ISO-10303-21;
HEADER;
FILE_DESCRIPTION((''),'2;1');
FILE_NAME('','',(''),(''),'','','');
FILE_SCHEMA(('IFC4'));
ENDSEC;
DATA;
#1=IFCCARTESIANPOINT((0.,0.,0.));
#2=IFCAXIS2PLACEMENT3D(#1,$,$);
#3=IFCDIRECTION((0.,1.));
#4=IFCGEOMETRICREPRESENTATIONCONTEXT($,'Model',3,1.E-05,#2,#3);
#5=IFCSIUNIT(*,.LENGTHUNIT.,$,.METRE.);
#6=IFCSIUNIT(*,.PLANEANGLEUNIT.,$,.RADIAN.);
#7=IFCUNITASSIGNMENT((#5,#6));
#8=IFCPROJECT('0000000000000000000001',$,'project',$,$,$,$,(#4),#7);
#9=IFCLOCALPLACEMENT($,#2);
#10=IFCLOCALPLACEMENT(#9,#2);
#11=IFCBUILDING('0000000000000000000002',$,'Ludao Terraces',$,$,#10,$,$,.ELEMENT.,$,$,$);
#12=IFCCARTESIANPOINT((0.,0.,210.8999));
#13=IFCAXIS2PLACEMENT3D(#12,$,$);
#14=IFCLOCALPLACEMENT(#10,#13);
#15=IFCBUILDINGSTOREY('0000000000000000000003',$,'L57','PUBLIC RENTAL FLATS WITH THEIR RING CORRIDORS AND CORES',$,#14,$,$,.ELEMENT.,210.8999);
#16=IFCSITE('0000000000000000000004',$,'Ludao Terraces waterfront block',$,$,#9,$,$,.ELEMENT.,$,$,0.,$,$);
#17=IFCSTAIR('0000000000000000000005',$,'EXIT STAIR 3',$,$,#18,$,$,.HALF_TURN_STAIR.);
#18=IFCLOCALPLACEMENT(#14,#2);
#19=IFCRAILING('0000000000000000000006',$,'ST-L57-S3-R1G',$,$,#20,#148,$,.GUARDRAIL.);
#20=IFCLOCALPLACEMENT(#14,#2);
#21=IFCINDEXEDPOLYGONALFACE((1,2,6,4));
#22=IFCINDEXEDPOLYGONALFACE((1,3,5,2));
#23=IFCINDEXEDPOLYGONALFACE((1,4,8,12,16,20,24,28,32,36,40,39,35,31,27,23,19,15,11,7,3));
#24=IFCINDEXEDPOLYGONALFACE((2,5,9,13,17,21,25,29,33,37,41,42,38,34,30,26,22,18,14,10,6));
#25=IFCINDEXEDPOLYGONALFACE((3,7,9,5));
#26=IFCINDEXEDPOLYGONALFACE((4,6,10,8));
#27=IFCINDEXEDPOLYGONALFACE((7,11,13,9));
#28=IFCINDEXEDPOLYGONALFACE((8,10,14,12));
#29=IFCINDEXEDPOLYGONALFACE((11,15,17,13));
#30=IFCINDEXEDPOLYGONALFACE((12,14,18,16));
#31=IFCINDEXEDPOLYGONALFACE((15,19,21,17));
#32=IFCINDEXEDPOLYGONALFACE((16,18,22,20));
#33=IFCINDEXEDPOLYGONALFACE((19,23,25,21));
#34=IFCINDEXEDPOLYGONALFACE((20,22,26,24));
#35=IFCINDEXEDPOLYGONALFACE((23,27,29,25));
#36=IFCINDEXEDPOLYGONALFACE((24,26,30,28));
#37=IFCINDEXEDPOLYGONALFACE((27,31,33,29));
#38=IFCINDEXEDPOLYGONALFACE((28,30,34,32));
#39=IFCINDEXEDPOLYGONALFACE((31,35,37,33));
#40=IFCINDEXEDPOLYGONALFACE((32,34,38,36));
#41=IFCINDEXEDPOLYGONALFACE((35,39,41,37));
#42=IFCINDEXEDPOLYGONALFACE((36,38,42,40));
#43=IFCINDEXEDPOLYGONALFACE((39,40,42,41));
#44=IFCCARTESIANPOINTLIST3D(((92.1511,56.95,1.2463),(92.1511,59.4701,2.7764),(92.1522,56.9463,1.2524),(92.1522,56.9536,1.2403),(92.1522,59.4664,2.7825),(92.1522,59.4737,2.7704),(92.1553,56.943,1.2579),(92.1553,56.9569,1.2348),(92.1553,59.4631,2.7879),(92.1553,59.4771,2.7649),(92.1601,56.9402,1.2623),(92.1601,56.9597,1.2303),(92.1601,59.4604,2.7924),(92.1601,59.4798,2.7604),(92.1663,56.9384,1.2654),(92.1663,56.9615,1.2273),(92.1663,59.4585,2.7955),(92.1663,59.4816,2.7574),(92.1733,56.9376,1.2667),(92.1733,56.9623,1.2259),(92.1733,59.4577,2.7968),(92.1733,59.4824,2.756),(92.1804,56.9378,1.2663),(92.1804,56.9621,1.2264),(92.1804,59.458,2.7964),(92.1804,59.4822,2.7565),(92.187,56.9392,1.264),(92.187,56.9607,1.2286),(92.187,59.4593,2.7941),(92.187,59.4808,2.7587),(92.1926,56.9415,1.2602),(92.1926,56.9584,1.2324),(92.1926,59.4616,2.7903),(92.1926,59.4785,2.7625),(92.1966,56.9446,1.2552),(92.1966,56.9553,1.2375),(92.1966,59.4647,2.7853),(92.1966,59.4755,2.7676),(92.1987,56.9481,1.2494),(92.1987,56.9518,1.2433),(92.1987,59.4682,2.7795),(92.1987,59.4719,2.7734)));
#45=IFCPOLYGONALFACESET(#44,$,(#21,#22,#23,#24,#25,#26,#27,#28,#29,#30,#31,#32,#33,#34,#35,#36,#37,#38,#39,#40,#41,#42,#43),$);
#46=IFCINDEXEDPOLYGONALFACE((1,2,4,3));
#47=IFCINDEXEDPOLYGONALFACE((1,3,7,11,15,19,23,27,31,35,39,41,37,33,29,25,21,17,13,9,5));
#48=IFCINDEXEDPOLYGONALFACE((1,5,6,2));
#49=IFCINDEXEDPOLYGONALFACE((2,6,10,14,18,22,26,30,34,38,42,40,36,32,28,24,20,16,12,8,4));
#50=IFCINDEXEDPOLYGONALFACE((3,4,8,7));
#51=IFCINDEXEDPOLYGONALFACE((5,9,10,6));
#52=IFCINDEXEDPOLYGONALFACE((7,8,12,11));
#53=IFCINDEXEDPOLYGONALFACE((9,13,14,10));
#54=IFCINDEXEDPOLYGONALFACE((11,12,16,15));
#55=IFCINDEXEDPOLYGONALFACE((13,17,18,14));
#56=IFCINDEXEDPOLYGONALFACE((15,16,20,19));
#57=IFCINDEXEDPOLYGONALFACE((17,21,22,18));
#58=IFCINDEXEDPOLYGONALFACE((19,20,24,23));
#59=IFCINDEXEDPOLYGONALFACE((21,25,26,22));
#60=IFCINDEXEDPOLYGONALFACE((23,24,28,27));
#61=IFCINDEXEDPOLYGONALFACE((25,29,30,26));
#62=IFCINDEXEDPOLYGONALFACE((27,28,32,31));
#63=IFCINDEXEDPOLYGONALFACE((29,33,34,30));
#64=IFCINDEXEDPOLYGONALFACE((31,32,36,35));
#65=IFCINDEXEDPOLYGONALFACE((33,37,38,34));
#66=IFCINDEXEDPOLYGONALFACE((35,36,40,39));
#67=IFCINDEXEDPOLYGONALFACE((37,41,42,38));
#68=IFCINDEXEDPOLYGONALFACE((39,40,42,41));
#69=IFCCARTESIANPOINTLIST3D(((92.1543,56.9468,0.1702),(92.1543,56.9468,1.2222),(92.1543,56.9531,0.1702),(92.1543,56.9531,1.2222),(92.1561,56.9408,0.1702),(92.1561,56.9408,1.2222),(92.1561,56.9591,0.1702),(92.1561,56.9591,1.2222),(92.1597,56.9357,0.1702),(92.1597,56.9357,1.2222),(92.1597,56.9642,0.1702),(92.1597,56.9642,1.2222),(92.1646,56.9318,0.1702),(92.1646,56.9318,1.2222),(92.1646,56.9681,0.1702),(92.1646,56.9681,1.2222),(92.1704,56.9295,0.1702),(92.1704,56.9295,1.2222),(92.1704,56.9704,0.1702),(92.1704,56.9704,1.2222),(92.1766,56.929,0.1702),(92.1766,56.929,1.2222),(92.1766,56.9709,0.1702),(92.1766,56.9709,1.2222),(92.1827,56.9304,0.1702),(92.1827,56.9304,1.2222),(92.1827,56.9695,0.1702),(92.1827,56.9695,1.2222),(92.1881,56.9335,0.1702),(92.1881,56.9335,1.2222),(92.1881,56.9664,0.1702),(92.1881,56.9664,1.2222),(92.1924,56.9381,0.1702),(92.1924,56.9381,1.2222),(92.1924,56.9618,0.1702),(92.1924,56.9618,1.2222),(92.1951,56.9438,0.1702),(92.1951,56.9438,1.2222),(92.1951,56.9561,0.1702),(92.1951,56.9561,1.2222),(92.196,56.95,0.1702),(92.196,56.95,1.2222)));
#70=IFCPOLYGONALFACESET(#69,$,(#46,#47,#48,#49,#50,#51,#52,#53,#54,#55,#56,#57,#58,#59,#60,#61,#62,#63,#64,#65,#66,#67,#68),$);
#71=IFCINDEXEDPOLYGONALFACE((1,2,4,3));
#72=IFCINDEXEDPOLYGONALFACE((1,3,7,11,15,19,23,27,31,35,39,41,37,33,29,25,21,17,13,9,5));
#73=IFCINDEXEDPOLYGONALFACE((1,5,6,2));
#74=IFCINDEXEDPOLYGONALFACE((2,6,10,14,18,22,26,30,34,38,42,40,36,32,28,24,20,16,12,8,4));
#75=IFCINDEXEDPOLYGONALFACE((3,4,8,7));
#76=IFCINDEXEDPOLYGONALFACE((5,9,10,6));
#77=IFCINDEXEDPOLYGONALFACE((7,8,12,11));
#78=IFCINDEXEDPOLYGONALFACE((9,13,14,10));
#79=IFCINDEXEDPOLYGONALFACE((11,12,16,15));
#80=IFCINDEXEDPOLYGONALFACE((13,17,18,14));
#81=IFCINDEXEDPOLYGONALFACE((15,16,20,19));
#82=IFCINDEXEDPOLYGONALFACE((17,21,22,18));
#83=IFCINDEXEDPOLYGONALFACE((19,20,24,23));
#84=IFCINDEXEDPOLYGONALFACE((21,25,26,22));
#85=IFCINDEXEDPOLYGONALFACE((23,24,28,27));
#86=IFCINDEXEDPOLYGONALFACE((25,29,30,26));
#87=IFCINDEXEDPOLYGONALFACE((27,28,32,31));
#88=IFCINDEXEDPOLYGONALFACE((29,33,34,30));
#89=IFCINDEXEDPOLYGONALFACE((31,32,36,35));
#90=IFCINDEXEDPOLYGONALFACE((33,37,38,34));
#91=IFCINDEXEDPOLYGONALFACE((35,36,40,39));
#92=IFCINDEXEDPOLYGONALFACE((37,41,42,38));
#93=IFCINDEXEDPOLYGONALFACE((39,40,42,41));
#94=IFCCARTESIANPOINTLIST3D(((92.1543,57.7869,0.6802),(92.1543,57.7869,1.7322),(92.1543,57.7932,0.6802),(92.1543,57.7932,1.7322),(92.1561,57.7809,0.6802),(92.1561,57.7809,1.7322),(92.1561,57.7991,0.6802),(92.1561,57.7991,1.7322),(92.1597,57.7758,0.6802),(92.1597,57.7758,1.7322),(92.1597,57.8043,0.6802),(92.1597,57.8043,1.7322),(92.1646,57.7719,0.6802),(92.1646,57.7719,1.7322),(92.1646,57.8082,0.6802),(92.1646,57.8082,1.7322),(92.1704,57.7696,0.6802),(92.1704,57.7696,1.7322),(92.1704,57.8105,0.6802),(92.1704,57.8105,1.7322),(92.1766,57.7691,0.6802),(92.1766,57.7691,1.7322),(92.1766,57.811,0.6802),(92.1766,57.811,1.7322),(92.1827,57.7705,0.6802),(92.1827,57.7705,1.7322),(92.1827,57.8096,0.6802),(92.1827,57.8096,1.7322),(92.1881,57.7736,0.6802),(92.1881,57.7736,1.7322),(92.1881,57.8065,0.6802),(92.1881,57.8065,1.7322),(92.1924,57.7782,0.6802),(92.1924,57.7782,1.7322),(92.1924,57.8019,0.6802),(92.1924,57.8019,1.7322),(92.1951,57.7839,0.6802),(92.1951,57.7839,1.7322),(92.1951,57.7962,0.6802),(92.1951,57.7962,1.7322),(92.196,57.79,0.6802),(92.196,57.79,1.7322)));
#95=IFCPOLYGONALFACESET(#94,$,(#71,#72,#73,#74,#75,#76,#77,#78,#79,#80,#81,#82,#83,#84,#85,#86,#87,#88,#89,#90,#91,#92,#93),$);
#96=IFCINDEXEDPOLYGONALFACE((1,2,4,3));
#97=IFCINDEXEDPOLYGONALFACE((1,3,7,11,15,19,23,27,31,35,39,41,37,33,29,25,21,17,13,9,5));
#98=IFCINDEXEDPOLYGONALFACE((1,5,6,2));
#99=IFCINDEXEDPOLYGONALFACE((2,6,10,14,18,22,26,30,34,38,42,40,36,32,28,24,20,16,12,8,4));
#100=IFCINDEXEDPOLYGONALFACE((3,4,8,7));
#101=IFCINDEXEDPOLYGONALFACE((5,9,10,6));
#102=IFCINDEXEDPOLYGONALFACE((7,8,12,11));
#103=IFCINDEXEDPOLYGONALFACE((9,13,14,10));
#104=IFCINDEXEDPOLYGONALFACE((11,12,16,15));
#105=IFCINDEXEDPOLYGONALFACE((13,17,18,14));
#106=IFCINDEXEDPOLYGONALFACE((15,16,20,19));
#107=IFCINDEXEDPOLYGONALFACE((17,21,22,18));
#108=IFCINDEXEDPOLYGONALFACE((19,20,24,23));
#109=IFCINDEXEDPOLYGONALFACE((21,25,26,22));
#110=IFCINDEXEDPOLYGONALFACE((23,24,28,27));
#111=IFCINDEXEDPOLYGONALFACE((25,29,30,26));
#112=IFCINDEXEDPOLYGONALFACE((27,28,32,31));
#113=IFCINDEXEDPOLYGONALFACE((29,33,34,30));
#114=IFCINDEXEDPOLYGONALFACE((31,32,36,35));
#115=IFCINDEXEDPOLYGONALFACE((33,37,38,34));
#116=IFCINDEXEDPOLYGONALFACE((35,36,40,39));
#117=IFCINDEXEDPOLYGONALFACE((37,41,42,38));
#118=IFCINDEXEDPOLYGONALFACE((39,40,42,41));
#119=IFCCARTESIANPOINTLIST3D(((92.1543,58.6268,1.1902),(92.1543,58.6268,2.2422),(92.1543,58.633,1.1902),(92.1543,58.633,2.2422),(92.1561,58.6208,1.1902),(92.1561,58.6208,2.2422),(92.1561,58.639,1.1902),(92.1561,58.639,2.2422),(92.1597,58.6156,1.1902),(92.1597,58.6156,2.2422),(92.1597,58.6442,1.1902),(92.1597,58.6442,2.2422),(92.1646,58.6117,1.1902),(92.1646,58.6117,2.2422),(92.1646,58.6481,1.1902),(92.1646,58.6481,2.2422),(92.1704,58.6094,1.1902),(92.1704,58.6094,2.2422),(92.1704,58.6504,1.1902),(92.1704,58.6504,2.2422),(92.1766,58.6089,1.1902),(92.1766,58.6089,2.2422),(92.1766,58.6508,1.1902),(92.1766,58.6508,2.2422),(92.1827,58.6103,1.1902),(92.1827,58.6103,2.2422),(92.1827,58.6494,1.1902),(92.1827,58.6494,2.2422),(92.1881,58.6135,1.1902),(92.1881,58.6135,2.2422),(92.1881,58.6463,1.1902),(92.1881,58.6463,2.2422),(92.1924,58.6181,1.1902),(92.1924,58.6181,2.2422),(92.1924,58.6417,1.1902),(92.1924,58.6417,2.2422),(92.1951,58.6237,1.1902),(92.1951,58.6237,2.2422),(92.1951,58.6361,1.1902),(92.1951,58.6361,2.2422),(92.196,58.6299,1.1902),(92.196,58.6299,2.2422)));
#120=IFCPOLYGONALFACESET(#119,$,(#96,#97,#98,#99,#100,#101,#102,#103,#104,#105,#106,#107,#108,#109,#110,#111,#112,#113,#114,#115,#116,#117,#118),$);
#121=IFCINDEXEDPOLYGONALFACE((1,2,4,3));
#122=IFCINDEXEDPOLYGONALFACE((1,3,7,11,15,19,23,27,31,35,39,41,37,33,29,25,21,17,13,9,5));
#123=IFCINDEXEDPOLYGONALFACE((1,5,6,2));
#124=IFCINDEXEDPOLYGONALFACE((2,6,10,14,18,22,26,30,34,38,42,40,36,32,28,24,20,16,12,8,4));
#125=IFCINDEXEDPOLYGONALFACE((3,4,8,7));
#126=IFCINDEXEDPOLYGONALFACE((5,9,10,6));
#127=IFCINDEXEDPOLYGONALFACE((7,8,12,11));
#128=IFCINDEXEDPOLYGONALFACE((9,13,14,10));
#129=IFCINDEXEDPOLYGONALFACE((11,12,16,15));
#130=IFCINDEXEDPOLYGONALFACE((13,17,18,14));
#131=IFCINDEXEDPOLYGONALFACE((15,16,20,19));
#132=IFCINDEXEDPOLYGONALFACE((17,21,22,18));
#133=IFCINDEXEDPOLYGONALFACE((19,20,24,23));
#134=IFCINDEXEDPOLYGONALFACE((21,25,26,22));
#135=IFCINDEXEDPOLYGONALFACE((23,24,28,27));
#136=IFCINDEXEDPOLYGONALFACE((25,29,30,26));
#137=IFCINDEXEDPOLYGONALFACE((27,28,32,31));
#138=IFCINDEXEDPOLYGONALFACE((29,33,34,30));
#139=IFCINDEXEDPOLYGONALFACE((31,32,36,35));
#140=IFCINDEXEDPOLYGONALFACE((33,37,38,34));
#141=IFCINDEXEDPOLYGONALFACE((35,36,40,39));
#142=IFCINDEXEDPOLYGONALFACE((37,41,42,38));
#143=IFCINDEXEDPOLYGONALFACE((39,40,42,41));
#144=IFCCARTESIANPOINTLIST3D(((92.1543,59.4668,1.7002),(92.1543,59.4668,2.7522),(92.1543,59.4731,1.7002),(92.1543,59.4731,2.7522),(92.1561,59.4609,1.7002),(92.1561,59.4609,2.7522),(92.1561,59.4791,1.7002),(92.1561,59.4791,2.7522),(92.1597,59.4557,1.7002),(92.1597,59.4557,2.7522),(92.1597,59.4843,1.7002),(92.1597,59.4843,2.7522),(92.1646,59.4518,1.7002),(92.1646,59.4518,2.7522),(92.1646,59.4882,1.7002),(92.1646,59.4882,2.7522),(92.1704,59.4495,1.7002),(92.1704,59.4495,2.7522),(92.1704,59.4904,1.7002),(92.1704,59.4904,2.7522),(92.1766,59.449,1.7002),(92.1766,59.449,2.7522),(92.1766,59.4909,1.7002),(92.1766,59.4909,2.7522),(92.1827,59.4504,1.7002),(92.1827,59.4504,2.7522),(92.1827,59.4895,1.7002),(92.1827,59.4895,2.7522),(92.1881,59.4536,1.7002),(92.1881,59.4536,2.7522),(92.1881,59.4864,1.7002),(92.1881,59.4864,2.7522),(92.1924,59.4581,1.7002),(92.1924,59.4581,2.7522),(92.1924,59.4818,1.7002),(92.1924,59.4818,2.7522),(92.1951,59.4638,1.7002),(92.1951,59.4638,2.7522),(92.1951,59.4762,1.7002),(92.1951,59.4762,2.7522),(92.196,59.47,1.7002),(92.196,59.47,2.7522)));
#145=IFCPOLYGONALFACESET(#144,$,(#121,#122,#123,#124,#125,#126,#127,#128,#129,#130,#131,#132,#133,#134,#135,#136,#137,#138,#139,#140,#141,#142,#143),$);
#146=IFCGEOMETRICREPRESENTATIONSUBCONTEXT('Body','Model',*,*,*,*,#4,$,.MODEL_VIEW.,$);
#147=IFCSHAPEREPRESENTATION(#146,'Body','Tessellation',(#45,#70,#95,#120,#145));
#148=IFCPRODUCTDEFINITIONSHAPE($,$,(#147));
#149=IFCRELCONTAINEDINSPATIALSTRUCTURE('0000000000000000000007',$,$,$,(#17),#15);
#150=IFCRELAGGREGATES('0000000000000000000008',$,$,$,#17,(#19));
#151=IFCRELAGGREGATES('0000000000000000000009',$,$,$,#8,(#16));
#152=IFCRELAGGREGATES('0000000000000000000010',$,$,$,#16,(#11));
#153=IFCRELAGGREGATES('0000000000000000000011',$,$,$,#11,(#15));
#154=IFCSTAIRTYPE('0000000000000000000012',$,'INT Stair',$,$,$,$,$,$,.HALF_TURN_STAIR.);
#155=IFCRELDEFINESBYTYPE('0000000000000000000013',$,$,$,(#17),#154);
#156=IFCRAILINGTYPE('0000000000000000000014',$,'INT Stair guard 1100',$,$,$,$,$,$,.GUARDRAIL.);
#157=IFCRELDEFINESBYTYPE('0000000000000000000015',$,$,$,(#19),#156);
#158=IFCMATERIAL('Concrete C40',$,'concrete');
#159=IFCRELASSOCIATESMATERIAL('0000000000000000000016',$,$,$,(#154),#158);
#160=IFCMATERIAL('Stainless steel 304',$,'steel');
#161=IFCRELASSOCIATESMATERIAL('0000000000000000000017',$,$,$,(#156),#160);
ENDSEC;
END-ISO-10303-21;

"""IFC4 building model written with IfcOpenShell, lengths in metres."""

from ifc_helpers import new_model, si_unit, direction, frame, origin, origin_2d, place, context, subcontext, project, spatial, circle, extrude, material, type_object, element, aggregate, save


model = new_model("IFC4")

# Units and contexts
model_context = context("Model", 3, precision=1e-05, world=origin(), true_north=direction((0.0, 1.0)))
body_context = subcontext(model_context, "Body", "Model", "MODEL_VIEW")
ifc_project = project(units=[si_unit("LENGTHUNIT", "METRE"), si_unit("PLANEANGLEUNIT", "RADIAN")], contexts=[model_context])

# Site, building, storey
site_placement = place(None, origin())
site = spatial("IfcSite", under=ifc_project, at=site_placement, Name="Ludao Terraces waterfront block", CompositionType="ELEMENT", RefElevation=0.0)
building_placement = place(site_placement, origin())
building = spatial("IfcBuilding", under=site, at=building_placement, Name="Ludao Terraces", CompositionType="ELEMENT")
storey_placement = place(building_placement, frame((0.0, 0.0, 210.8999)))
storey = spatial("IfcBuildingStorey", under=building, at=storey_placement, Name="L57", Description="PUBLIC RENTAL FLATS WITH THEIR RING CORRIDORS AND CORES", CompositionType="ELEMENT", Elevation=210.8999)

# Shared definitions
ifc_material_1 = material(Name="Concrete C40", Category="concrete")

# Stair, railing
stair_type = type_object("IfcStairType", Name="INT Stair", PredefinedType="HALF_TURN_STAIR", material=ifc_material_1)
stair_placement = place(storey_placement, origin())
stair = element("IfcStair", 1, at=stair_placement, inside=storey, type_object=stair_type, Name="EXIT STAIR 3", PredefinedType="HALF_TURN_STAIR")
ifc_material_2 = material(Name="Stainless steel 304", Category="steel")
railing_type_1 = type_object("IfcRailingType", Name="INT Stair guard 1100", PredefinedType="GUARDRAIL", material=ifc_material_2)
railing_1_placement = place(storey_placement, frame((92.175, 56.95, 0.1702)))
railing_1 = element("IfcRailing", 2, at=railing_1_placement, type_object=railing_type_1, Name="ST-L57-S3-R1G", PredefinedType="GUARDRAIL", context=body_context, shape_type="SweptSolid", body=[
    extrude(circle(Radius=0.0239, at=origin_2d()), frame((0.0, 0.0, 1.0762), z_axis=(0.0, 0.854785, 0.518982), x_axis=(-1.0, 0.0, 0.0)), (0.0, 0.0, 1.0), 2.9482),
    extrude(circle(Radius=0.021, at=origin_2d()), origin(), (0.0, 0.0, 1.0), 1.052),
    extrude(circle(Radius=0.021, at=origin_2d()), frame((0.0, 0.8401, 0.51)), (0.0, 0.0, 1.0), 1.052),
    extrude(circle(Radius=0.021, at=origin_2d()), frame((0.0, 1.6799, 1.02)), (0.0, 0.0, 1.0), 1.052),
    extrude(circle(Radius=0.021, at=origin_2d()), frame((0.0, 2.52, 1.53)), (0.0, 0.0, 1.0), 1.052),
])
aggregate(stair, [railing_1])

save(model, "model.ifc")
